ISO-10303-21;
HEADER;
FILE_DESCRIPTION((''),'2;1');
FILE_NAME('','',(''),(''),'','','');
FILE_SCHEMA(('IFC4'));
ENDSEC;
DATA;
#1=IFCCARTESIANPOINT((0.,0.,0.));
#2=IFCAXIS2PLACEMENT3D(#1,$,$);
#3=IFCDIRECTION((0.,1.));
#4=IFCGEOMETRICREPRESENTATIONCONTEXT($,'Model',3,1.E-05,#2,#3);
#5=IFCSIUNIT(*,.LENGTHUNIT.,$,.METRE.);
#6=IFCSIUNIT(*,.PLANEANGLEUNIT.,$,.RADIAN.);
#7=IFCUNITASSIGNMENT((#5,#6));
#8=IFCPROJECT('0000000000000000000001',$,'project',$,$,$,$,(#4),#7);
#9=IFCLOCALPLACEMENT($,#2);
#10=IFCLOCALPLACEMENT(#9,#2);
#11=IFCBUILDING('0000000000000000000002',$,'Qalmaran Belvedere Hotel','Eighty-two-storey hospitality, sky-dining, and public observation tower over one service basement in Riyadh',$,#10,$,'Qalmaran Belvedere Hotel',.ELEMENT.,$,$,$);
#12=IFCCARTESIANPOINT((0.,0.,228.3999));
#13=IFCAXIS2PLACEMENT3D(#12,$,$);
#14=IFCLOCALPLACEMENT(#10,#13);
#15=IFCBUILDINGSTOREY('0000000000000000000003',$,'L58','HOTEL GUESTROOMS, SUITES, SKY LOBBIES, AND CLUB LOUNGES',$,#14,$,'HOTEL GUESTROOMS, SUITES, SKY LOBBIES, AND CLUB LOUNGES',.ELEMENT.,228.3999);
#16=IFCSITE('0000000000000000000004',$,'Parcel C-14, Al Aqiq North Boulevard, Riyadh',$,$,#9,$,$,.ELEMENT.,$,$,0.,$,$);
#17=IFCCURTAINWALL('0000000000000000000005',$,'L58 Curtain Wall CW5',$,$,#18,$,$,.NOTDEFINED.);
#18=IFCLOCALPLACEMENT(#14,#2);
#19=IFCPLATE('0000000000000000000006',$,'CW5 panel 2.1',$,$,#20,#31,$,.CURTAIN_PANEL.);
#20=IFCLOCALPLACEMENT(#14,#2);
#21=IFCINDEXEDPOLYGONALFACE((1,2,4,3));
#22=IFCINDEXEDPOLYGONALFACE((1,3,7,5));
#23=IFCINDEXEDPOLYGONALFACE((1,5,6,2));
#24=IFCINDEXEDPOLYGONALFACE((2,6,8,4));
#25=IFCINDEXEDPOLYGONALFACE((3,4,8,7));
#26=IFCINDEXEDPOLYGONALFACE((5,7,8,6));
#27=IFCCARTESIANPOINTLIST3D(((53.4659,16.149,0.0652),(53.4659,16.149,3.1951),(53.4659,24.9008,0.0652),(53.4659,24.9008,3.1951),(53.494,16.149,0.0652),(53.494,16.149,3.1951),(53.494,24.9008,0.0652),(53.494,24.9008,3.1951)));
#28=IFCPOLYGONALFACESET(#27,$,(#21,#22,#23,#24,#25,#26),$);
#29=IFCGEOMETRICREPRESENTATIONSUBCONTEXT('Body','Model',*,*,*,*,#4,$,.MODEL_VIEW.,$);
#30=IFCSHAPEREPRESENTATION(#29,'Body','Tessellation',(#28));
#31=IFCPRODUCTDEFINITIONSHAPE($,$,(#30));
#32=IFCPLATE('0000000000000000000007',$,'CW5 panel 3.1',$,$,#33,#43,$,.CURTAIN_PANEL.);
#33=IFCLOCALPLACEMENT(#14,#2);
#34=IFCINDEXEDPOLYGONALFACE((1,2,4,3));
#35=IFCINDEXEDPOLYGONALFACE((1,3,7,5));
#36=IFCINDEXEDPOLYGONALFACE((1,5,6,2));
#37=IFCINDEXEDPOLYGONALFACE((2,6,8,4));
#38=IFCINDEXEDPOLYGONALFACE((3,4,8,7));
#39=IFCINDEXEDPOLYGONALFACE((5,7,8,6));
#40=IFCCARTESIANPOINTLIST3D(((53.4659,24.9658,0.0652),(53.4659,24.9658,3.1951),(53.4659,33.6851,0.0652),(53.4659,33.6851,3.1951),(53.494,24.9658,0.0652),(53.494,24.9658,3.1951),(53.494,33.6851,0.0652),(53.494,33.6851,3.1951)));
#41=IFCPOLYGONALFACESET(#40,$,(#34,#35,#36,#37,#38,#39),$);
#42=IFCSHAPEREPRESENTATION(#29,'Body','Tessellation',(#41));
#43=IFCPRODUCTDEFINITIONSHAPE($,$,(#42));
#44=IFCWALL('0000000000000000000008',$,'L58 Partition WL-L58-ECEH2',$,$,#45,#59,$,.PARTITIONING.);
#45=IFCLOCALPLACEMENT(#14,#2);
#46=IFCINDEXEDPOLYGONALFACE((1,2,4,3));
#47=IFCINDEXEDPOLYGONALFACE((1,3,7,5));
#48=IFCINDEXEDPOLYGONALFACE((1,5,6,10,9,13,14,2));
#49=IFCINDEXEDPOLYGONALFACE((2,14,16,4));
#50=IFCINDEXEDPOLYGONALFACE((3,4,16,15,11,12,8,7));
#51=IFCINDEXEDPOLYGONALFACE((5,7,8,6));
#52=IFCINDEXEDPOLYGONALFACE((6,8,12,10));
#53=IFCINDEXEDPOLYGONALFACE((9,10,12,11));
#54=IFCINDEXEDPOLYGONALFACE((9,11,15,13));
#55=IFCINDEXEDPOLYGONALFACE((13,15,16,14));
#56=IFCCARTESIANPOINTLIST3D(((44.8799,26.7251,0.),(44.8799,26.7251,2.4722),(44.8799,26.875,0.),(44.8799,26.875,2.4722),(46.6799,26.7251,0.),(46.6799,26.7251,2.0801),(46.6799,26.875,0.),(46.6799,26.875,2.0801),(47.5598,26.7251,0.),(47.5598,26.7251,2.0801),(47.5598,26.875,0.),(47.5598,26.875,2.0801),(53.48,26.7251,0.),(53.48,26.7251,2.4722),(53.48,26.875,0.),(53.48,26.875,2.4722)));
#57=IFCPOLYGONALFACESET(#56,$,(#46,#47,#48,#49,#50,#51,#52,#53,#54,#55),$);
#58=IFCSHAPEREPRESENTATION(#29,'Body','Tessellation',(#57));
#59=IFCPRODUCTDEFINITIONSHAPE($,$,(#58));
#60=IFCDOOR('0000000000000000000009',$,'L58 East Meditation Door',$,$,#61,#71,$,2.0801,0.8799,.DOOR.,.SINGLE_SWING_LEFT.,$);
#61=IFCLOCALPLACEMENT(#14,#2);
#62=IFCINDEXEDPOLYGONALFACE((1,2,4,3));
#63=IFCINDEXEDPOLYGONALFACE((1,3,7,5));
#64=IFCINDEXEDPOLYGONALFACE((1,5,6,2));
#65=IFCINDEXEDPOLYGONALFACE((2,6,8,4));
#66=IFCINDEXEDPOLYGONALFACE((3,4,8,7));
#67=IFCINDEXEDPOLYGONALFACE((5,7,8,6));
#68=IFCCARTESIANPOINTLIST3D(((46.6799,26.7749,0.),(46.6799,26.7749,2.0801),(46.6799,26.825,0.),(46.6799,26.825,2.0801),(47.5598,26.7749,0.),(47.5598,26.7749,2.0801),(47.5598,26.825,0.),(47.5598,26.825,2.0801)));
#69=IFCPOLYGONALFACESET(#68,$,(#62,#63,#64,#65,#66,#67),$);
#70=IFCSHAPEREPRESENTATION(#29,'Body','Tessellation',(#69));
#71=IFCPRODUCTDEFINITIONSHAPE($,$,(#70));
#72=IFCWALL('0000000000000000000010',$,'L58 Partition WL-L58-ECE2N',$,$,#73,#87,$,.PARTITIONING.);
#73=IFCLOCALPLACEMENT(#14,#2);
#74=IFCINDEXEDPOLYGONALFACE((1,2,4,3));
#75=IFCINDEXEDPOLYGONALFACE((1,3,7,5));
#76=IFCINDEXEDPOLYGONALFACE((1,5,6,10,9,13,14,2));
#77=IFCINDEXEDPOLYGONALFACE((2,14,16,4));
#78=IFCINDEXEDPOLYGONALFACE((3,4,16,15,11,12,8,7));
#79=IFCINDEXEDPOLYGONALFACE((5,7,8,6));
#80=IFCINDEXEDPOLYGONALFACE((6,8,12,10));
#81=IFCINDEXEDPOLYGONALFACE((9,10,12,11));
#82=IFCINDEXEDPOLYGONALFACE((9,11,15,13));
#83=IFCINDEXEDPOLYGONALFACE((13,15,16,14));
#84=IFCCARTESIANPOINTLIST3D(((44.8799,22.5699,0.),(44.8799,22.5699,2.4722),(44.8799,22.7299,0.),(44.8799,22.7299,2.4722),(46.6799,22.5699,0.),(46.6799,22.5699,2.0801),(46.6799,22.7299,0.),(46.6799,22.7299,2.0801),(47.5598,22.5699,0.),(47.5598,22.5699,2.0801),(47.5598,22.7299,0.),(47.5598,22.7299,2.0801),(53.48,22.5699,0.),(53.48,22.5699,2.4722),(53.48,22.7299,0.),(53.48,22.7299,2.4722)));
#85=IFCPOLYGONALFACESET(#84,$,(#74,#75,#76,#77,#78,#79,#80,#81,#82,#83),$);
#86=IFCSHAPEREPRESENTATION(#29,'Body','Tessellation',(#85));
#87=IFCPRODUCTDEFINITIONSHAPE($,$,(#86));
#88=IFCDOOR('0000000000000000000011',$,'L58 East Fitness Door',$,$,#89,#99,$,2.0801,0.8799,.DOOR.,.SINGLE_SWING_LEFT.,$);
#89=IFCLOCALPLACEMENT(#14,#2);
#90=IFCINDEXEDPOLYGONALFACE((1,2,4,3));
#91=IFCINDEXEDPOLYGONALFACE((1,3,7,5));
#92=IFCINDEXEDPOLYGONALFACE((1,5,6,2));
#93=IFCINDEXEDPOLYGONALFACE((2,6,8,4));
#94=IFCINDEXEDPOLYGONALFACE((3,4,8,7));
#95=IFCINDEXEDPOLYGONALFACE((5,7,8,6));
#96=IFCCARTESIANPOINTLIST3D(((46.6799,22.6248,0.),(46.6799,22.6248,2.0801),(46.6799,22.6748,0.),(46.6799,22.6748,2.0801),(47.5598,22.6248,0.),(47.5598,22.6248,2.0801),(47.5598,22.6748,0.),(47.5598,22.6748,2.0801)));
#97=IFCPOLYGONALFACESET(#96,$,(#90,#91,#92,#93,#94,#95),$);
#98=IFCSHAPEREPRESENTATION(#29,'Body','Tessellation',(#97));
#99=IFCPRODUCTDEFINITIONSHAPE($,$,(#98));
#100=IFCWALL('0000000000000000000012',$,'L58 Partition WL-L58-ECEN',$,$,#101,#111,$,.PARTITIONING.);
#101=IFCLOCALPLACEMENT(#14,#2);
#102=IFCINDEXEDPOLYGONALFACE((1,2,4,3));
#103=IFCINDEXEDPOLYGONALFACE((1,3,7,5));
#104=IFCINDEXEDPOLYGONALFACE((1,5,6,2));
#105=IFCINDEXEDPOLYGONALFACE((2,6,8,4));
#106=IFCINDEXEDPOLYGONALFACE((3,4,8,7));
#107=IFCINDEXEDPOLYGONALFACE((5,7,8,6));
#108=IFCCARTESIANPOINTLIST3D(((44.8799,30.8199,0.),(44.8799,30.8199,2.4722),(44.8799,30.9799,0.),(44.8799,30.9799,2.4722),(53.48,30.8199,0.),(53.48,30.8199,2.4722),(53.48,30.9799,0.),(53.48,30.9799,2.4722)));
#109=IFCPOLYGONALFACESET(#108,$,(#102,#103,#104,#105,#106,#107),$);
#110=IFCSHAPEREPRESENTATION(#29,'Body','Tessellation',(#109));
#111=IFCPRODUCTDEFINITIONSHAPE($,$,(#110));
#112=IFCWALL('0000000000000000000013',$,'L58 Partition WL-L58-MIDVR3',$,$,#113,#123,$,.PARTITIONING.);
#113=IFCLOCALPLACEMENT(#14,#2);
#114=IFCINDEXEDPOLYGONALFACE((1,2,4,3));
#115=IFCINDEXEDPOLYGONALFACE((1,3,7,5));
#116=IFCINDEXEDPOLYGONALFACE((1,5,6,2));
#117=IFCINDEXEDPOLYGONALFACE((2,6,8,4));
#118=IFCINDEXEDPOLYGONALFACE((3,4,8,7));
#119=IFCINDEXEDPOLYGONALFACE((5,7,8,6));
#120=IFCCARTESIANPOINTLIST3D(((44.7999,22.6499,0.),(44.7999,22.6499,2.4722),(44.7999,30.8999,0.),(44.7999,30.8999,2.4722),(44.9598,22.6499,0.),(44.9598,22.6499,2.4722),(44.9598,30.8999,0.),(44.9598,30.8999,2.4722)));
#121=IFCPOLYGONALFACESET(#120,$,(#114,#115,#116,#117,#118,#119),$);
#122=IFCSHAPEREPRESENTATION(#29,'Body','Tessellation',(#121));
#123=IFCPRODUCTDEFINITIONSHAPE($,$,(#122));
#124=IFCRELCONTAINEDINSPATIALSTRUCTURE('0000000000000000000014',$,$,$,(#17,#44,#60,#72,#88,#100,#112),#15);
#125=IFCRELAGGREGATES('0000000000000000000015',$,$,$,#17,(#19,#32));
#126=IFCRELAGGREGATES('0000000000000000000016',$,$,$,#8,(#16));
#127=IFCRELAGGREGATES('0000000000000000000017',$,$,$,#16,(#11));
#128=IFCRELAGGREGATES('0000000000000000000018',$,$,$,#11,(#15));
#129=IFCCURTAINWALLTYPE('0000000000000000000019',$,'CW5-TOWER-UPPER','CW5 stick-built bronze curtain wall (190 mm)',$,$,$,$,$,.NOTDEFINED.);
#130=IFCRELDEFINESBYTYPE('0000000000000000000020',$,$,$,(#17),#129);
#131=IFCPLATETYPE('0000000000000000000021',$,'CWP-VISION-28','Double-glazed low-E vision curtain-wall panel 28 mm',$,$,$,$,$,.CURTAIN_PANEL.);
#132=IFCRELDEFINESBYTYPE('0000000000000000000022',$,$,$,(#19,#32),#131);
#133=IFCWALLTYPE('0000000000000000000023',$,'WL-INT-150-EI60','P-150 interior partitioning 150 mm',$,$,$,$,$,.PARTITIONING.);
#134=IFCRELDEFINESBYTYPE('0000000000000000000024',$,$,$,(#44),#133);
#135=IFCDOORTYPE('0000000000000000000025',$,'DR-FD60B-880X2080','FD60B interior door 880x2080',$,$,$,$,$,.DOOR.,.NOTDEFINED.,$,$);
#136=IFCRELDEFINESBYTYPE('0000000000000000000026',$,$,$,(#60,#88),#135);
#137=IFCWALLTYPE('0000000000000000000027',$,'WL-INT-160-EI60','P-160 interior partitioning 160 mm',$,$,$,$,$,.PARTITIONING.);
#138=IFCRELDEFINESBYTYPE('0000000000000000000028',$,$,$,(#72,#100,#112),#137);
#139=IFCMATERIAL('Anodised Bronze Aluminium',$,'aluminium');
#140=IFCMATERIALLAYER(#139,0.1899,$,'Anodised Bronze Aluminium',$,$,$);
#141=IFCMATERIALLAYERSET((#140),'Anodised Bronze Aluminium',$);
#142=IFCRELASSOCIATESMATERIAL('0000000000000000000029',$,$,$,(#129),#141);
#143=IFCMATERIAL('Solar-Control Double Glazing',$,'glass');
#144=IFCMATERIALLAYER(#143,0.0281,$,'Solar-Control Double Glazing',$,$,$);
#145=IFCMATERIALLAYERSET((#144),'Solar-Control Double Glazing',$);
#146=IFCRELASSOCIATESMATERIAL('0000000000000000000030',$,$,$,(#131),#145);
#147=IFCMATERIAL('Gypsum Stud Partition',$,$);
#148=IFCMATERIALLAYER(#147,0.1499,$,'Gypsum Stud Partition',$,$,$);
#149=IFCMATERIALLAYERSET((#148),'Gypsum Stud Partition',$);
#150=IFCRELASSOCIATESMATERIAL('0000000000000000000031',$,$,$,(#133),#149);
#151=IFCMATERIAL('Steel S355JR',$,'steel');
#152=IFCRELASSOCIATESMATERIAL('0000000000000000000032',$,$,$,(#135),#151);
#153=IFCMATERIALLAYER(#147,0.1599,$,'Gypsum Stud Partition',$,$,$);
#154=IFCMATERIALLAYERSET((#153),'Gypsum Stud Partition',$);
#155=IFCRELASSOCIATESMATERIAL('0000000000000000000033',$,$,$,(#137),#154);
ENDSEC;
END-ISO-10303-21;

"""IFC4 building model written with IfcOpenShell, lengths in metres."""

from ifc_helpers import new_model, si_unit, direction, frame, frame_2d, origin, origin_2d, place, context, subcontext, project, spatial, rectangle, extrude, material, layer, layer_set, type_object, element, fill, aggregate, save


model = new_model("IFC4")

# Units and contexts
model_context = context("Model", 3, precision=1e-05, world=origin(), true_north=direction((0.0, 1.0)))
body_context = subcontext(model_context, "Body", "Model", "MODEL_VIEW")
ifc_project = project(units=[si_unit("LENGTHUNIT", "METRE"), si_unit("PLANEANGLEUNIT", "RADIAN")], contexts=[model_context])

# Site, building, storey
site_placement = place(None, origin())
site = spatial("IfcSite", under=ifc_project, at=site_placement, Name="Parcel C-14, Al Aqiq North Boulevard, Riyadh", CompositionType="ELEMENT", RefElevation=0.0)
building_placement = place(site_placement, origin())
building = spatial("IfcBuilding", under=site, at=building_placement, Name="Qalmaran Belvedere Hotel", Description="Eighty-two-storey hospitality, sky-dining, and public observation tower over one service basement in Riyadh", LongName="Qalmaran Belvedere Hotel", CompositionType="ELEMENT")
storey_placement = place(building_placement, frame((0.0, 0.0, 228.3999)))
storey = spatial("IfcBuildingStorey", under=building, at=storey_placement, Name="L58", Description="HOTEL GUESTROOMS, SUITES, SKY LOBBIES, AND CLUB LOUNGES", LongName="HOTEL GUESTROOMS, SUITES, SKY LOBBIES, AND CLUB LOUNGES", CompositionType="ELEMENT", Elevation=228.3999)

# Shared definitions
ifc_material_1 = material(Name="Steel S355JR", Category="steel")

# Curtain wall, plates
ifc_material_2 = material(Name="Anodised Bronze Aluminium", Category="aluminium")
ifc_layer_1 = layer(ifc_material_2, 0.1899, Name="Anodised Bronze Aluminium")
ifc_layer_set_1 = layer_set([ifc_layer_1], Name="Anodised Bronze Aluminium")
curtain_wall_type = type_object("IfcCurtainWallType", Name="CW5-TOWER-UPPER", Description="CW5 stick-built bronze curtain wall (190 mm)", PredefinedType="NOTDEFINED", material=ifc_layer_set_1)
curtain_wall_placement = place(storey_placement, origin())
curtain_wall = element("IfcCurtainWall", 1, at=curtain_wall_placement, inside=storey, type_object=curtain_wall_type, Name="L58 Curtain Wall CW5", PredefinedType="NOTDEFINED")
ifc_material_3 = material(Name="Solar-Control Double Glazing", Category="glass")
ifc_layer_2 = layer(ifc_material_3, 0.0281, Name="Solar-Control Double Glazing")
ifc_layer_set_2 = layer_set([ifc_layer_2], Name="Solar-Control Double Glazing")
plate_type = type_object("IfcPlateType", Name="CWP-VISION-28", Description="Double-glazed low-E vision curtain-wall panel 28 mm", PredefinedType="CURTAIN_PANEL", material=ifc_layer_set_2)
plate_1_placement = place(storey_placement, frame((53.48, 20.5249, 0.0652), z_axis=(0.0, 0.0, 1.0), x_axis=(0.0, 1.0, 0.0)))
plate_1 = element("IfcPlate", 2, at=plate_1_placement, type_object=plate_type, Name="CW5 panel 2.1", PredefinedType="CURTAIN_PANEL", context=body_context, shape_type="SweptSolid", body=[
    extrude(rectangle(XDim=8.7517, YDim=0.0281, at=origin_2d()), origin(), (0.0, 0.0, 1.0), 3.1299),
])
plate_2_placement = place(storey_placement, frame((53.48, 29.3254, 0.0652), z_axis=(0.0, 0.0, 1.0), x_axis=(0.0, 1.0, 0.0)))
plate_2 = element("IfcPlate", 3, at=plate_2_placement, type_object=plate_type, Name="CW5 panel 3.1", PredefinedType="CURTAIN_PANEL", context=body_context, shape_type="SweptSolid", body=[
    extrude(rectangle(XDim=8.7192, YDim=0.0281, at=origin_2d()), origin(), (0.0, 0.0, 1.0), 3.1299),
])
aggregate(curtain_wall, [plate_1, plate_2])

# Walls, openings, doors
ifc_material_4 = material(Name="Gypsum Stud Partition")
ifc_layer_3 = layer(ifc_material_4, 0.1499, Name="Gypsum Stud Partition")
ifc_layer_set_3 = layer_set([ifc_layer_3], Name="Gypsum Stud Partition")
wall_type_1 = type_object("IfcWallType", Name="WL-INT-150-EI60", Description="P-150 interior partitioning 150 mm", PredefinedType="PARTITIONING", material=ifc_layer_set_3)
wall_1_placement = place(storey_placement, frame((44.8799, 26.8, 0.0), z_axis=(0.0, 0.0, 1.0), x_axis=(1.0, 0.0, 0.0)))
wall_1 = element("IfcWall", 4, at=wall_1_placement, inside=storey, type_object=wall_type_1, Name="L58 Partition WL-L58-ECEH2", PredefinedType="PARTITIONING", context=body_context, shape_type="SweptSolid", body=[
    extrude(rectangle(XDim=8.6001, YDim=0.1499, at=frame_2d((4.3, 0.0))), origin(), (0.0, 0.0, 1.0), 2.4722),
])
opening_1_placement = place(wall_1_placement, frame((1.8, 0.0, 0.0)))
opening_1 = element("IfcOpeningElement", 5, at=opening_1_placement, cuts=wall_1, PredefinedType="OPENING", context=body_context, shape_type="SweptSolid", body=[
    extrude(rectangle(XDim=0.8799, YDim=2.0801, at=frame_2d((0.4399, 1.04))), frame((0.0, 0.085, 0.0), z_axis=(0.0, -1.0, 0.0), x_axis=(1.0, 0.0, 0.0)), (0.0, 0.0, 1.0), 0.1699),
])
door_type = type_object("IfcDoorType", Name="DR-FD60B-880X2080", Description="FD60B interior door 880x2080", OperationType="NOTDEFINED", PredefinedType="DOOR", material=ifc_material_1)
door_1_placement = place(opening_1_placement, origin())
door_1 = element("IfcDoor", 6, at=door_1_placement, inside=storey, type_object=door_type, Name="L58 East Meditation Door", OperationType="SINGLE_SWING_LEFT", OverallHeight=2.0801, OverallWidth=0.8799, PredefinedType="DOOR", context=body_context, shape_type="SweptSolid", body=[
    extrude(rectangle(XDim=0.8799, YDim=2.0801, at=frame_2d((0.4399, 1.04))), frame((0.0, 0.0249, 0.0), z_axis=(0.0, -1.0, 0.0), x_axis=(1.0, 0.0, 0.0)), (0.0, 0.0, 1.0), 0.05),
])
fill(opening_1, door_1)
ifc_layer_4 = layer(ifc_material_4, 0.1599, Name="Gypsum Stud Partition")
ifc_layer_set_4 = layer_set([ifc_layer_4], Name="Gypsum Stud Partition")
wall_type_2 = type_object("IfcWallType", Name="WL-INT-160-EI60", Description="P-160 interior partitioning 160 mm", PredefinedType="PARTITIONING", material=ifc_layer_set_4)
wall_2_placement = place(storey_placement, frame((44.8799, 22.6499, 0.0), z_axis=(0.0, 0.0, 1.0), x_axis=(1.0, 0.0, 0.0)))
wall_2 = element("IfcWall", 7, at=wall_2_placement, inside=storey, type_object=wall_type_2, Name="L58 Partition WL-L58-ECE2N", PredefinedType="PARTITIONING", context=body_context, shape_type="SweptSolid", body=[
    extrude(rectangle(XDim=8.6001, YDim=0.1599, at=frame_2d((4.3, 0.0))), origin(), (0.0, 0.0, 1.0), 2.4722),
])
opening_2_placement = place(wall_2_placement, frame((1.8, 0.0, 0.0)))
opening_2 = element("IfcOpeningElement", 8, at=opening_2_placement, cuts=wall_2, PredefinedType="OPENING", context=body_context, shape_type="SweptSolid", body=[
    extrude(rectangle(XDim=0.8799, YDim=2.0801, at=frame_2d((0.4399, 1.04))), frame((0.0, 0.0898, 0.0), z_axis=(0.0, -1.0, 0.0), x_axis=(1.0, 0.0, 0.0)), (0.0, 0.0, 1.0), 0.1799),
])
door_2_placement = place(opening_2_placement, origin())
door_2 = element("IfcDoor", 9, at=door_2_placement, inside=storey, type_object=door_type, Name="L58 East Fitness Door", OperationType="SINGLE_SWING_LEFT", OverallHeight=2.0801, OverallWidth=0.8799, PredefinedType="DOOR", context=body_context, shape_type="SweptSolid", body=[
    extrude(rectangle(XDim=0.8799, YDim=2.0801, at=frame_2d((0.4399, 1.04))), frame((0.0, 0.0249, 0.0), z_axis=(0.0, -1.0, 0.0), x_axis=(1.0, 0.0, 0.0)), (0.0, 0.0, 1.0), 0.05),
])
fill(opening_2, door_2)

# Walls
wall_3_placement = place(storey_placement, frame((44.8799, 30.8999, 0.0), z_axis=(0.0, 0.0, 1.0), x_axis=(1.0, 0.0, 0.0)))
element("IfcWall", 10, at=wall_3_placement, inside=storey, type_object=wall_type_2, Name="L58 Partition WL-L58-ECEN", PredefinedType="PARTITIONING", context=body_context, shape_type="SweptSolid", body=[
    extrude(rectangle(XDim=8.6001, YDim=0.1599, at=frame_2d((4.3, 0.0))), origin(), (0.0, 0.0, 1.0), 2.4722),
])
wall_4_placement = place(storey_placement, frame((44.8799, 22.6499, 0.0), z_axis=(0.0, 0.0, 1.0), x_axis=(0.0, 1.0, 0.0)))
element("IfcWall", 11, at=wall_4_placement, inside=storey, type_object=wall_type_2, Name="L58 Partition WL-L58-MIDVR3", PredefinedType="PARTITIONING", context=body_context, shape_type="SweptSolid", body=[
    extrude(rectangle(XDim=8.25, YDim=0.1599, at=frame_2d((4.125, 0.0))), origin(), (0.0, 0.0, 1.0), 2.4722),
])

save(model, "model.ifc")
